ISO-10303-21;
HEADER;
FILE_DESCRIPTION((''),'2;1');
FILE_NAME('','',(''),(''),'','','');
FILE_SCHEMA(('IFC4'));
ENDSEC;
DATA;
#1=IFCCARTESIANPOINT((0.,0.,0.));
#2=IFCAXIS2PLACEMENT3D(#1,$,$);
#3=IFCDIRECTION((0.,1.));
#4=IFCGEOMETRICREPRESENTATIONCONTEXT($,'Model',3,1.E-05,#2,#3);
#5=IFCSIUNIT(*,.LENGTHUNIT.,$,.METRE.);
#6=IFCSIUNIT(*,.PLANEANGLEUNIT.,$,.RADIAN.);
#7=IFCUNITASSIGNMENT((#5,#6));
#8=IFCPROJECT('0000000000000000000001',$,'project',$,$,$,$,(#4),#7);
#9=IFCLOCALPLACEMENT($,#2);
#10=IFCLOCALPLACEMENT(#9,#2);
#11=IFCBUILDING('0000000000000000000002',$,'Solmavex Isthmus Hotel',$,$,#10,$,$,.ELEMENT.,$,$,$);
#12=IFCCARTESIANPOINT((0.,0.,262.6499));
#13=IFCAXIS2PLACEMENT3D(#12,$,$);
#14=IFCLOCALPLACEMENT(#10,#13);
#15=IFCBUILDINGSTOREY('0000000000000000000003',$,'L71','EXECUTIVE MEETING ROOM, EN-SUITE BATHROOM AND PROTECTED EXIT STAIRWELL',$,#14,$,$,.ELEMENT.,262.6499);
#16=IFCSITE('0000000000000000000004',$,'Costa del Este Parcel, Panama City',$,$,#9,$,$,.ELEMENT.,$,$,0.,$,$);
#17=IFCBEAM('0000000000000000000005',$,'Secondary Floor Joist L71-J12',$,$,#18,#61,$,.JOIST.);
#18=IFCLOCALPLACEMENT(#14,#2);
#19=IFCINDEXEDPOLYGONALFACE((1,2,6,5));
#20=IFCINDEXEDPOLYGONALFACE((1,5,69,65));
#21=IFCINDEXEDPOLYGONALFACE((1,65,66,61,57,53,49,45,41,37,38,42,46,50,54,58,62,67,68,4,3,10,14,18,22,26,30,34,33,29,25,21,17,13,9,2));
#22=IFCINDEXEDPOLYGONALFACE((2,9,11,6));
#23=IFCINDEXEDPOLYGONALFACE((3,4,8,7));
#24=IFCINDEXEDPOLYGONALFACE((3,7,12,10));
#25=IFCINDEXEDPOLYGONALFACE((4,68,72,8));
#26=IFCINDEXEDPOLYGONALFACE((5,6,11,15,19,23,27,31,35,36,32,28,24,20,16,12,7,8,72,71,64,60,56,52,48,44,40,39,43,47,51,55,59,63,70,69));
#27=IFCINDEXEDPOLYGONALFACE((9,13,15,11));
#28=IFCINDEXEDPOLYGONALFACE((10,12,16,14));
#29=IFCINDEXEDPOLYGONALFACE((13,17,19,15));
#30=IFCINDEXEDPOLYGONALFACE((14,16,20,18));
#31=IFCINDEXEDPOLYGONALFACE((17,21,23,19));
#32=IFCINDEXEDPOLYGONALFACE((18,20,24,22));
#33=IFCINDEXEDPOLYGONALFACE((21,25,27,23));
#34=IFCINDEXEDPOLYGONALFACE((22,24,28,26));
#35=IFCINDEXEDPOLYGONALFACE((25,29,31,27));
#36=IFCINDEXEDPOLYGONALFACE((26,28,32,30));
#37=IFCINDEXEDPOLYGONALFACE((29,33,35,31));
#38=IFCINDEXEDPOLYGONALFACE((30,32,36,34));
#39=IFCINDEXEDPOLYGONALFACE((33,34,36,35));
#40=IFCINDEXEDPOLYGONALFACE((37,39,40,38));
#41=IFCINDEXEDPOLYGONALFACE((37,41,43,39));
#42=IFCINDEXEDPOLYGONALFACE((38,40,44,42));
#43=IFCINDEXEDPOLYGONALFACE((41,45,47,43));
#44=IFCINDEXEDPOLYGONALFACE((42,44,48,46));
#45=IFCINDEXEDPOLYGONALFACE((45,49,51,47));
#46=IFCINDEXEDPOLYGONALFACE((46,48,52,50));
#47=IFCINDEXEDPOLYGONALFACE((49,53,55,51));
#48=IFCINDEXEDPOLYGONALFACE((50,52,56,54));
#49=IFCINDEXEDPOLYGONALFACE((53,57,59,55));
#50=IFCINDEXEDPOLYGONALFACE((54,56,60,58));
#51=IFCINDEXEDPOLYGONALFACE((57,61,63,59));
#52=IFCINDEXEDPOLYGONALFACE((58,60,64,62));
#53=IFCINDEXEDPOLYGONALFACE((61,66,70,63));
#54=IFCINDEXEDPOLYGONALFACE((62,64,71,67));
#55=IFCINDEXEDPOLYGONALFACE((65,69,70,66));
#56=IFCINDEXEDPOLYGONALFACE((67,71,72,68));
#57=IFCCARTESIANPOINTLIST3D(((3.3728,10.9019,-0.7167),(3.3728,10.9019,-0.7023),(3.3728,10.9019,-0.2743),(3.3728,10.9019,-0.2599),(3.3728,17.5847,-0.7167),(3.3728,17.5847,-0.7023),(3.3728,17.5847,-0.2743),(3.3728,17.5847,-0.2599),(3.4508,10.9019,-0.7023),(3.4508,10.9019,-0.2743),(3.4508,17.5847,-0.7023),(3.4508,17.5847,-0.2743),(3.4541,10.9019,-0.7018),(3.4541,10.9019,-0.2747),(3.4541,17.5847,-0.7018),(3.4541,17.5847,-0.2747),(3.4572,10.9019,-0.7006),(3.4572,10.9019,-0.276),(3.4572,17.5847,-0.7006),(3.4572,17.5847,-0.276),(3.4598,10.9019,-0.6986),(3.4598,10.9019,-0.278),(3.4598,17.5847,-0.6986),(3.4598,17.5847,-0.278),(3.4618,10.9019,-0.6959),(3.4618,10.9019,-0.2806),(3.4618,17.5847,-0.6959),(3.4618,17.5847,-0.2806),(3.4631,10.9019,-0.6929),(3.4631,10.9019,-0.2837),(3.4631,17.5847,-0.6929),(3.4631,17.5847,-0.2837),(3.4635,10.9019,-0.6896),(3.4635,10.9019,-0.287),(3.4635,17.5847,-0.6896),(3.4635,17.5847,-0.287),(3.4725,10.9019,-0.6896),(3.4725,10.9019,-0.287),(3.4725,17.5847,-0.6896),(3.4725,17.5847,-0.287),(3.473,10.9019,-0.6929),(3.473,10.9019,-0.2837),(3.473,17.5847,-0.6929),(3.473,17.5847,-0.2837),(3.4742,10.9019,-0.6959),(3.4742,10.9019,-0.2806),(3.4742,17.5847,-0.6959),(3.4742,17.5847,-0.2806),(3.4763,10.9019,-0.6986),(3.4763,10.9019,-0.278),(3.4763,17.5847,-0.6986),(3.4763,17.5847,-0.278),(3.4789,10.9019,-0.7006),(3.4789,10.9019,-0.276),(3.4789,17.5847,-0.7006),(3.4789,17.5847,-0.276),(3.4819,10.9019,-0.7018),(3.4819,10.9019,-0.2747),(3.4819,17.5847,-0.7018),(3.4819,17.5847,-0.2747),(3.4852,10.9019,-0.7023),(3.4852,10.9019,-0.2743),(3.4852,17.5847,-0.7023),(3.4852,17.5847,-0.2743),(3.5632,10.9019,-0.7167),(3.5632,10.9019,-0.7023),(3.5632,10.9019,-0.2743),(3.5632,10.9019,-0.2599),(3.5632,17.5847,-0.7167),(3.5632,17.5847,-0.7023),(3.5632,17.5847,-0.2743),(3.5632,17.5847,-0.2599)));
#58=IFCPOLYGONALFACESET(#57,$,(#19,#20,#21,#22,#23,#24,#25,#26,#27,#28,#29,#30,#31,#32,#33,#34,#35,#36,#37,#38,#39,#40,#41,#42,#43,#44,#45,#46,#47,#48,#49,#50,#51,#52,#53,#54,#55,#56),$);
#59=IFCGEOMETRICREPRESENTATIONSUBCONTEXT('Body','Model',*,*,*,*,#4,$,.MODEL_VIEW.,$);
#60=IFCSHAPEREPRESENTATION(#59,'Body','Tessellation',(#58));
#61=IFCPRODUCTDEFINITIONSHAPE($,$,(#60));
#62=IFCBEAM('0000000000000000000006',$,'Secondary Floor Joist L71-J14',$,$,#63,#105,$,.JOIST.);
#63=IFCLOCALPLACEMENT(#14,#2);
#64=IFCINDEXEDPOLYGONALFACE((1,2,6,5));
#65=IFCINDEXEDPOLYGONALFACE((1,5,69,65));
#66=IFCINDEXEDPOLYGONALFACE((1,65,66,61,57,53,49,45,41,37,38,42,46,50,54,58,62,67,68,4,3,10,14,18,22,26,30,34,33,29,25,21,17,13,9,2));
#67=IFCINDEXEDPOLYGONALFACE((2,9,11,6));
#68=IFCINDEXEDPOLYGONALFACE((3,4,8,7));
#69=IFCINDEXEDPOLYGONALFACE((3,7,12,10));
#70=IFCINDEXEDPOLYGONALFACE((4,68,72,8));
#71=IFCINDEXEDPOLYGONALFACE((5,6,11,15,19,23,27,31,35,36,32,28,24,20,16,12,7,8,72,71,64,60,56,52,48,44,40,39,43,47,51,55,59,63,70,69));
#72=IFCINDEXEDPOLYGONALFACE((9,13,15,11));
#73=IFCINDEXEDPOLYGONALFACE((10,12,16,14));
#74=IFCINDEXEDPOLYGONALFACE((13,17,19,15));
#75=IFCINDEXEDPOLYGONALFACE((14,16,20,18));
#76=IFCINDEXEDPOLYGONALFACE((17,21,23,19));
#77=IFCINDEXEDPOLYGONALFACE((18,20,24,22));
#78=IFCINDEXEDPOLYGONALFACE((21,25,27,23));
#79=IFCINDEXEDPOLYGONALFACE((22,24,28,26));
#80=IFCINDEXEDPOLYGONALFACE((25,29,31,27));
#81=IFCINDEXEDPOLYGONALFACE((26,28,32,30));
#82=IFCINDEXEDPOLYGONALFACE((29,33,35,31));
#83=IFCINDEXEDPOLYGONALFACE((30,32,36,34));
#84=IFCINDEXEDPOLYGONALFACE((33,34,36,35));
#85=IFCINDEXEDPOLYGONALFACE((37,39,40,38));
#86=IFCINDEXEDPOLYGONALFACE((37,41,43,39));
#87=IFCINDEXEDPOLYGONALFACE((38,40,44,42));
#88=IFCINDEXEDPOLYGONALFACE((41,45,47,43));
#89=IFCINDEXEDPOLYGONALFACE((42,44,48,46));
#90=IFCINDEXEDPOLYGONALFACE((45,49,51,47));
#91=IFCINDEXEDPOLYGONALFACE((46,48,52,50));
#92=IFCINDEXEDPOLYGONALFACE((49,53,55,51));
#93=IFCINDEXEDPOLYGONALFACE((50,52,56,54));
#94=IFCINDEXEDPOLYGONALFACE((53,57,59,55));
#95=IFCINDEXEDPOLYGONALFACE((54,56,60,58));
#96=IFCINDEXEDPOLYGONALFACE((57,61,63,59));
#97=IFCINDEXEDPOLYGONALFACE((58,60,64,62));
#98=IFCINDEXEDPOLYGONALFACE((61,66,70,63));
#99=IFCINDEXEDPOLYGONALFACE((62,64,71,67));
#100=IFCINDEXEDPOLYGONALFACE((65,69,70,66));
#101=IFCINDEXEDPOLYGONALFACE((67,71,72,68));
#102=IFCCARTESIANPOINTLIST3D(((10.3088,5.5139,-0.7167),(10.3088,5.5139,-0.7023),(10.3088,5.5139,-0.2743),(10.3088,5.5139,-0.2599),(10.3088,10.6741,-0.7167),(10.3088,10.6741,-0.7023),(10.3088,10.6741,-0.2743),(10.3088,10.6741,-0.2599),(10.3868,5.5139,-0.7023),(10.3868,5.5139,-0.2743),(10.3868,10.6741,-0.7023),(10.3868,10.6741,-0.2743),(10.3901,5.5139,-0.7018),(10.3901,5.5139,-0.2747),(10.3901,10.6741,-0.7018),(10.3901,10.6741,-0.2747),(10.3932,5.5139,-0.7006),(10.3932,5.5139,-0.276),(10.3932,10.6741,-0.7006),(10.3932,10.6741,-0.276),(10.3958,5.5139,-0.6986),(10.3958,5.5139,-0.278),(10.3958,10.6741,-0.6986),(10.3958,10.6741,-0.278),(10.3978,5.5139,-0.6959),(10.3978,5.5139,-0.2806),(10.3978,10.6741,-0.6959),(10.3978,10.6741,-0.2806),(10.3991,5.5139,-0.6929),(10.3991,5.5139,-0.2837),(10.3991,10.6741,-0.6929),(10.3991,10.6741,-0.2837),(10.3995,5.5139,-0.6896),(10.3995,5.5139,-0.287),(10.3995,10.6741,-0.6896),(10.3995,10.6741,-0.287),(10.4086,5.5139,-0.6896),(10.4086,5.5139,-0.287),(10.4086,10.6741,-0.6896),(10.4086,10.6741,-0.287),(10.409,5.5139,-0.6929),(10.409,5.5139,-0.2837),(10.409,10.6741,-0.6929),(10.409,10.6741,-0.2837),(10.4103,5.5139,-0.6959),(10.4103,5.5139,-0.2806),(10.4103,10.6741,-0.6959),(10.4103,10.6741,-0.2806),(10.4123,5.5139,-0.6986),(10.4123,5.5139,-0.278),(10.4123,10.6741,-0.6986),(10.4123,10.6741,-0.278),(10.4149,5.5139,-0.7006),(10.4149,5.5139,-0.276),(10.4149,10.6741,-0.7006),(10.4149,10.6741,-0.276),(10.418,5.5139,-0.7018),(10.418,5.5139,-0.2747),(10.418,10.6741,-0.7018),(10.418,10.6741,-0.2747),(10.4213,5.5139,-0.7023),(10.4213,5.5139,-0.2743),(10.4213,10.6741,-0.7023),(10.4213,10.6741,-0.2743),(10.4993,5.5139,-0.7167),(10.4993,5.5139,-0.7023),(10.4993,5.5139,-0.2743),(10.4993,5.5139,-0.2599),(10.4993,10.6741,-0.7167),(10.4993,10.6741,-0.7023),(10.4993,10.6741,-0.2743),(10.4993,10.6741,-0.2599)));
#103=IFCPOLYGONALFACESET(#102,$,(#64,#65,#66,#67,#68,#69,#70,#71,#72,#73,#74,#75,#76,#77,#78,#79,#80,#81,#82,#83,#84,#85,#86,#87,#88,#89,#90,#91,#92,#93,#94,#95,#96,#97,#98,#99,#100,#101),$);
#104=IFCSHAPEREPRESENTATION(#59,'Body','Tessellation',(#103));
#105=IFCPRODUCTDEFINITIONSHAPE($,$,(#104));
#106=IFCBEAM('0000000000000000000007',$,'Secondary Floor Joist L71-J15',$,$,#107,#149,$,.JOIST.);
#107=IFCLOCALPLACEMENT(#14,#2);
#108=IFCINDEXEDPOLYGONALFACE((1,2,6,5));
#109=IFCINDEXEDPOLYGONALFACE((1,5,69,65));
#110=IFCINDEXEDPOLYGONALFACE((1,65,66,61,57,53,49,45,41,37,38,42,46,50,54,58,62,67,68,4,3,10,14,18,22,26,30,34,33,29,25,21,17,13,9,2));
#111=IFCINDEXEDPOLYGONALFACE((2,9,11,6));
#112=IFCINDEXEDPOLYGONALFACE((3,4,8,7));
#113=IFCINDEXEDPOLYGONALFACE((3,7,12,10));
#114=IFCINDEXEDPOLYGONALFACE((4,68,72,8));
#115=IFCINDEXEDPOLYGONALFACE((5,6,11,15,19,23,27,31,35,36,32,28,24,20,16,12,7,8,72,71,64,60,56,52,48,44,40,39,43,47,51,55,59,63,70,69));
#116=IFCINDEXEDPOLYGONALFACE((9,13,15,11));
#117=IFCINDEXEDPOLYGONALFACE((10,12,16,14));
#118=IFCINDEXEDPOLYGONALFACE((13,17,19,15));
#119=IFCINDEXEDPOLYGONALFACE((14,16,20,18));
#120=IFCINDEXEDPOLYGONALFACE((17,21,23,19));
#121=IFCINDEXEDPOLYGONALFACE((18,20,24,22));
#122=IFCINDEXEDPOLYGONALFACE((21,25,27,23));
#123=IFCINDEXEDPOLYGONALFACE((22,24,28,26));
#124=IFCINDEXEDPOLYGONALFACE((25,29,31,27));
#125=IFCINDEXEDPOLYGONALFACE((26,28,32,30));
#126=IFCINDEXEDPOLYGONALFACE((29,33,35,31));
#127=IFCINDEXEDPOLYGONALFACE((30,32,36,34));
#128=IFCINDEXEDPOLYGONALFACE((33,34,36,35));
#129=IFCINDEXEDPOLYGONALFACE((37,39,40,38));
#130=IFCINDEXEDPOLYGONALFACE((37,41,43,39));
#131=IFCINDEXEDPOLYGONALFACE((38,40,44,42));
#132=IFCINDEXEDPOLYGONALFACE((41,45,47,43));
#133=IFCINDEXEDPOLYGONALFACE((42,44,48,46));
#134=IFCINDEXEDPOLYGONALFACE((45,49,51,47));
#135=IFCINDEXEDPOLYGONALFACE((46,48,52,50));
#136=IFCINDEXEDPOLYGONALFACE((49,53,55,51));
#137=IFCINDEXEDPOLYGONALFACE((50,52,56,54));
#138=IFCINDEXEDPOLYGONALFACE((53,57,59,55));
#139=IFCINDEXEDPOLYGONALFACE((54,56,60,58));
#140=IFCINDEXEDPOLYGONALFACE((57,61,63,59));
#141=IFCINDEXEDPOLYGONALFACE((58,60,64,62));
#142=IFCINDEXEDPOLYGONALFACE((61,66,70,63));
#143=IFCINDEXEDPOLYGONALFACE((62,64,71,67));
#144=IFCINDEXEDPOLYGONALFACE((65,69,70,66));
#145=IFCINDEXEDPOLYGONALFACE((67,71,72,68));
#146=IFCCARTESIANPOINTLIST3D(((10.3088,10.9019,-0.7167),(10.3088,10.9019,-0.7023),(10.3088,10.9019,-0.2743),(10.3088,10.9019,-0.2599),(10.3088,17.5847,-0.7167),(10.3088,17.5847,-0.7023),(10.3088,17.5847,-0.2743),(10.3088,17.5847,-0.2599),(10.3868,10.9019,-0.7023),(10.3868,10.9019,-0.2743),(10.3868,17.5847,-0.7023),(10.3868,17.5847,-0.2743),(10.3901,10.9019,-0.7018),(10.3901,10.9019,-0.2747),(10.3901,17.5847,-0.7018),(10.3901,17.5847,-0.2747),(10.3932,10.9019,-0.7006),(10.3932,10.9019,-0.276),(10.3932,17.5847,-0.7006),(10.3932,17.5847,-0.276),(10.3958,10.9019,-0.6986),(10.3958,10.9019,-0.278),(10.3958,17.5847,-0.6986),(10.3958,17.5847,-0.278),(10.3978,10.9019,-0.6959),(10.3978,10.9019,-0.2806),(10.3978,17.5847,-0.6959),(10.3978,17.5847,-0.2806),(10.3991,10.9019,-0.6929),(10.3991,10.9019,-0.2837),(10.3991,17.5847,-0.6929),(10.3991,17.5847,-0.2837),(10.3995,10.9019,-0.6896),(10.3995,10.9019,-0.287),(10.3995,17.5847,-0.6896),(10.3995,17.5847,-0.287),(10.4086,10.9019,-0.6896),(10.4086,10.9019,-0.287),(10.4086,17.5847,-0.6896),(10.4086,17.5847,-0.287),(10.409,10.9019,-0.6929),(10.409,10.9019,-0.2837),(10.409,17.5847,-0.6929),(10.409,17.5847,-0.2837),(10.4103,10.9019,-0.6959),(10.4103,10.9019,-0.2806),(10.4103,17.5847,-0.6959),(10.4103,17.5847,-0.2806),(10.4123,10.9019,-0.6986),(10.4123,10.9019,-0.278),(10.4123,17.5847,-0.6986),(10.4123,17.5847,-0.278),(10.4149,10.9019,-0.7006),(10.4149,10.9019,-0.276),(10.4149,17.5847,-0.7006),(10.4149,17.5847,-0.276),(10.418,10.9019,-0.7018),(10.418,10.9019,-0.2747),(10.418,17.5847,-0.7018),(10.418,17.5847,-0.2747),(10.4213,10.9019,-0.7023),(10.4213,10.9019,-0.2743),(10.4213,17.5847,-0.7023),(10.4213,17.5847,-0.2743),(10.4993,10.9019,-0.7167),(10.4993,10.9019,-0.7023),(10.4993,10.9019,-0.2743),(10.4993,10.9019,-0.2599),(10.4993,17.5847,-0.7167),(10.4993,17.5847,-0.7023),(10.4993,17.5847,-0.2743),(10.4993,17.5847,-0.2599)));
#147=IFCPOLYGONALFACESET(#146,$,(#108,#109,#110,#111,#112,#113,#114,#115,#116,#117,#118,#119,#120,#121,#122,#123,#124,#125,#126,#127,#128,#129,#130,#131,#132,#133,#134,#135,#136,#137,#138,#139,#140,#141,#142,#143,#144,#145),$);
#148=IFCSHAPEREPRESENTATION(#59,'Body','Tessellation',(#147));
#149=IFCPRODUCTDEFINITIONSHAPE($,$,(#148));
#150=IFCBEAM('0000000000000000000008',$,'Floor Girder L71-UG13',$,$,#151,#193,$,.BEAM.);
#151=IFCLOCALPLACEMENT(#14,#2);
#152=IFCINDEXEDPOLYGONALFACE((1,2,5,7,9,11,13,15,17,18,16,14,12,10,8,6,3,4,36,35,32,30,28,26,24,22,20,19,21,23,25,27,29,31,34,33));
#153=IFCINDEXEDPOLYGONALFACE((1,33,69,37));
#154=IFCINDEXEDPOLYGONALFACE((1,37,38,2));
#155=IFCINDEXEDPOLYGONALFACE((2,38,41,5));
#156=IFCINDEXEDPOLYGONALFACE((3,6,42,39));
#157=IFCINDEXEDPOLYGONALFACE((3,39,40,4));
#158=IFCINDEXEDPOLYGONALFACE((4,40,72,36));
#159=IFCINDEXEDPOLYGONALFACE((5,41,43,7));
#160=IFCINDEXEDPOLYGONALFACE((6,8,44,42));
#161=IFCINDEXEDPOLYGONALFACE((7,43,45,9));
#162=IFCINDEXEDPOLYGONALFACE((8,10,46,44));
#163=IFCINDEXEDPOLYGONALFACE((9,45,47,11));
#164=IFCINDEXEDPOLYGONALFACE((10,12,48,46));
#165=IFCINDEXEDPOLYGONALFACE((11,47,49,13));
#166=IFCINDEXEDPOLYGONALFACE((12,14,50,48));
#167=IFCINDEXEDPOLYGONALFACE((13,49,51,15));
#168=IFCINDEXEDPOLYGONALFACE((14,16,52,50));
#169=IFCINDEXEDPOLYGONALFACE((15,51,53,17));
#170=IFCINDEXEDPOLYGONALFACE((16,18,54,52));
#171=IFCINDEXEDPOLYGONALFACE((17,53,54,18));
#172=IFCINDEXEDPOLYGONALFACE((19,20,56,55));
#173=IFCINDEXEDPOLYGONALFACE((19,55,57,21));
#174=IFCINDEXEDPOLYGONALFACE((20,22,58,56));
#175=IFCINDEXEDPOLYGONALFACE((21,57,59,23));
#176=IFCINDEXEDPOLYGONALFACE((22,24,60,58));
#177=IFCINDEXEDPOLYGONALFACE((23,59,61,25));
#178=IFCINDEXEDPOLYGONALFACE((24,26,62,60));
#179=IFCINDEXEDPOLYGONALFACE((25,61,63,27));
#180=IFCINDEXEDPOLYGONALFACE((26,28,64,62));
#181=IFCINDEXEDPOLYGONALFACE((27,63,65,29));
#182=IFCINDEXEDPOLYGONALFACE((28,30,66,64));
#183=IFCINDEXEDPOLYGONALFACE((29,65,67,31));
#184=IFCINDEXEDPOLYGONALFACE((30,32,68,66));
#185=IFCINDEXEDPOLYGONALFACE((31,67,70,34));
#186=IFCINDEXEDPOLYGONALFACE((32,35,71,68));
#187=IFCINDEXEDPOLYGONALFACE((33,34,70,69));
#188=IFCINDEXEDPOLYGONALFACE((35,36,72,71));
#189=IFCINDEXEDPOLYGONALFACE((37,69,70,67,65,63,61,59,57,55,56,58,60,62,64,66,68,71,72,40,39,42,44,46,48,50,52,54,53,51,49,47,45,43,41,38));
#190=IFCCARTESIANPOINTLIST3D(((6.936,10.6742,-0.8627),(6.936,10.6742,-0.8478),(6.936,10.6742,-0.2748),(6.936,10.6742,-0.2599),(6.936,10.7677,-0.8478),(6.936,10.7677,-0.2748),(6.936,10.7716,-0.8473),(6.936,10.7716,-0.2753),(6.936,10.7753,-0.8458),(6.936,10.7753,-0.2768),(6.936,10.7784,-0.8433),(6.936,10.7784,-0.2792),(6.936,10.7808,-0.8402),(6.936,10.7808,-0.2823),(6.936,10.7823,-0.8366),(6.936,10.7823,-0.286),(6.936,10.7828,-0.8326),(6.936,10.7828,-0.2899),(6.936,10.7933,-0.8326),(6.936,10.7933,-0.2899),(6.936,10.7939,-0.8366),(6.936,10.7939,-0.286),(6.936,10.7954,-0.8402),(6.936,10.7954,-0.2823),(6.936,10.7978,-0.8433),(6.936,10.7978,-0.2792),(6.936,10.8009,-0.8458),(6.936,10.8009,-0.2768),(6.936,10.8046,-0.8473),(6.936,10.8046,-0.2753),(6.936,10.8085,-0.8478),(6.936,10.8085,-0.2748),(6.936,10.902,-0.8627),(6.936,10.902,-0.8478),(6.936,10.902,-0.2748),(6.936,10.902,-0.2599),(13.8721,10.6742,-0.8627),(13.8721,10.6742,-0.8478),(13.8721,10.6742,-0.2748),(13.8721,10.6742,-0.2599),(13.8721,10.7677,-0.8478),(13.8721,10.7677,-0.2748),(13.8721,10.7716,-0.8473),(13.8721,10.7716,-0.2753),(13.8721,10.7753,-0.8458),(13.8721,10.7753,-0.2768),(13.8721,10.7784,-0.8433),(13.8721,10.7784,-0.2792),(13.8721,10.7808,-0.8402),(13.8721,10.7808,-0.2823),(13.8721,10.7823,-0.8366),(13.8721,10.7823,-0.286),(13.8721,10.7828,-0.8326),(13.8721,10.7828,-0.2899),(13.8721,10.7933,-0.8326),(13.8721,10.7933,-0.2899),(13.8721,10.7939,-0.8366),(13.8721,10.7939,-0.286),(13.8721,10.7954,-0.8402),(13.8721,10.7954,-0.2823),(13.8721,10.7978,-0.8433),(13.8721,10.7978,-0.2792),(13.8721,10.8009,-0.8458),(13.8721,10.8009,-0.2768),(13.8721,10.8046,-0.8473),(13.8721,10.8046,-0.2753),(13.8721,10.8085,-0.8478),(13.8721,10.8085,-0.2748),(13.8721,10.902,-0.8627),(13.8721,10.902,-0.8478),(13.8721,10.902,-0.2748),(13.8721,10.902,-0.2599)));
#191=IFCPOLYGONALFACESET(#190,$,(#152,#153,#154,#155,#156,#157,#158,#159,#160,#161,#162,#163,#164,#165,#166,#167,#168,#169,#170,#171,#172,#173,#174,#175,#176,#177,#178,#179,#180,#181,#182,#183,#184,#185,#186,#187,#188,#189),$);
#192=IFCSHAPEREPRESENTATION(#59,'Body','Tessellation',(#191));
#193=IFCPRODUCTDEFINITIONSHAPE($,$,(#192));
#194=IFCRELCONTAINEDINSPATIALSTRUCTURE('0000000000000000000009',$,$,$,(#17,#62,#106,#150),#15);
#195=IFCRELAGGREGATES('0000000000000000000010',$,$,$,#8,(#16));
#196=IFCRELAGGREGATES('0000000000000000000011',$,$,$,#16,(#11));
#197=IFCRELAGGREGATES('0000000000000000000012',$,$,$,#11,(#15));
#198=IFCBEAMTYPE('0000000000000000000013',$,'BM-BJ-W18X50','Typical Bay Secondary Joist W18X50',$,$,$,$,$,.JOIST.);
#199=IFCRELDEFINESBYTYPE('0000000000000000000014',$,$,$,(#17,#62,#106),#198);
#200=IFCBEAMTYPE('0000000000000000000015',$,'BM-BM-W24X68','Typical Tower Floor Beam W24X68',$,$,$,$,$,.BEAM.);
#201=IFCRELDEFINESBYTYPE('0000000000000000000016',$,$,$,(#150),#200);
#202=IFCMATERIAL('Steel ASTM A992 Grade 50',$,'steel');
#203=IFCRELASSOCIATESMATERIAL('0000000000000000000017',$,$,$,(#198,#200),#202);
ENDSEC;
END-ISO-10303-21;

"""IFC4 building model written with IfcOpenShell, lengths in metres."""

from ifc_helpers import new_model, si_unit, direction, frame, origin, origin_2d, place, context, subcontext, project, spatial, i_section, extrude, material, material_profile, profile_set, type_object, element, save


model = new_model("IFC4")

# Units and contexts
model_context = context("Model", 3, precision=1e-05, world=origin(), true_north=direction((0.0, 1.0)))
body_context = subcontext(model_context, "Body", "Model", "MODEL_VIEW")
ifc_project = project(units=[si_unit("LENGTHUNIT", "METRE"), si_unit("PLANEANGLEUNIT", "RADIAN")], contexts=[model_context])

# Site, building, storey
site_placement = place(None, origin())
site = spatial("IfcSite", under=ifc_project, at=site_placement, Name="Costa del Este Parcel, Panama City", CompositionType="ELEMENT", RefElevation=0.0)
building_placement = place(site_placement, origin())
building = spatial("IfcBuilding", under=site, at=building_placement, Name="Solmavex Isthmus Hotel", CompositionType="ELEMENT")
storey_placement = place(building_placement, frame((0.0, 0.0, 262.6499)))
storey = spatial("IfcBuildingStorey", under=building, at=storey_placement, Name="L71", Description="EXECUTIVE MEETING ROOM, EN-SUITE BATHROOM AND PROTECTED EXIT STAIRWELL", CompositionType="ELEMENT", Elevation=262.6499)

# Beams
ifc_material_1 = material(Name="Steel ASTM A992 Grade 50", Category="steel")
ifc_material_profile_1 = material_profile(ifc_material_1, i_section(OverallWidth=0.1904, OverallDepth=0.4568, WebThickness=0.009, FlangeThickness=0.0144, FilletRadius=0.0127, at=origin_2d()), Name="W18X50")
ifc_profile_set_1 = profile_set([ifc_material_profile_1], Name="Steel ASTM A992 Grade 50")
beam_type_1 = type_object("IfcBeamType", Name="BM-BJ-W18X50", Description="Typical Bay Secondary Joist W18X50", PredefinedType="JOIST", material=ifc_profile_set_1)
beam_1_placement = place(storey_placement, frame((3.468, 10.9019, -0.4883), z_axis=(0.0, 1.0, 0.0), x_axis=(-1.0, 0.0, 0.0)))
element("IfcBeam", 1, at=beam_1_placement, inside=storey, type_object=beam_type_1, Name="Secondary Floor Joist L71-J12", PredefinedType="JOIST", context=body_context, shape_type="SweptSolid", body=[
    extrude(i_section(OverallWidth=0.1904, OverallDepth=0.4568, WebThickness=0.009, FlangeThickness=0.0144, FilletRadius=0.0127, at=origin_2d()), origin(), (0.0, 0.0, 1.0), 6.6829),
])
beam_2_placement = place(storey_placement, frame((10.4041, 5.5139, -0.4883), z_axis=(0.0, 1.0, 0.0), x_axis=(-1.0, 0.0, 0.0)))
element("IfcBeam", 2, at=beam_2_placement, inside=storey, type_object=beam_type_1, Name="Secondary Floor Joist L71-J14", PredefinedType="JOIST", context=body_context, shape_type="SweptSolid", body=[
    extrude(i_section(OverallWidth=0.1904, OverallDepth=0.4568, WebThickness=0.009, FlangeThickness=0.0144, FilletRadius=0.0127, at=origin_2d()), origin(), (0.0, 0.0, 1.0), 5.1602),
])
beam_3_placement = place(storey_placement, frame((10.4041, 10.9019, -0.4883), z_axis=(0.0, 1.0, 0.0), x_axis=(-1.0, 0.0, 0.0)))
element("IfcBeam", 3, at=beam_3_placement, inside=storey, type_object=beam_type_1, Name="Secondary Floor Joist L71-J15", PredefinedType="JOIST", context=body_context, shape_type="SweptSolid", body=[
    extrude(i_section(OverallWidth=0.1904, OverallDepth=0.4568, WebThickness=0.009, FlangeThickness=0.0144, FilletRadius=0.0127, at=origin_2d()), origin(), (0.0, 0.0, 1.0), 6.6829),
])
ifc_material_profile_2 = material_profile(ifc_material_1, i_section(OverallWidth=0.2278, OverallDepth=0.6028, WebThickness=0.0105, FlangeThickness=0.0149, FilletRadius=0.0151, at=origin_2d()), Name="W24X68")
ifc_profile_set_2 = profile_set([ifc_material_profile_2], Name="Steel ASTM A992 Grade 50")
beam_type_2 = type_object("IfcBeamType", Name="BM-BM-W24X68", Description="Typical Tower Floor Beam W24X68", PredefinedType="BEAM", material=ifc_profile_set_2)
beam_4_placement = place(storey_placement, frame((6.936, 10.7881, -0.5613), z_axis=(1.0, 0.0, 0.0), x_axis=(0.0, 1.0, 0.0)))
element("IfcBeam", 4, at=beam_4_placement, inside=storey, type_object=beam_type_2, Name="Floor Girder L71-UG13", PredefinedType="BEAM", context=body_context, shape_type="SweptSolid", body=[
    extrude(i_section(OverallWidth=0.2278, OverallDepth=0.6028, WebThickness=0.0105, FlangeThickness=0.0149, FilletRadius=0.0151, at=origin_2d()), origin(), (0.0, 0.0, 1.0), 6.936),
])

save(model, "model.ifc")
